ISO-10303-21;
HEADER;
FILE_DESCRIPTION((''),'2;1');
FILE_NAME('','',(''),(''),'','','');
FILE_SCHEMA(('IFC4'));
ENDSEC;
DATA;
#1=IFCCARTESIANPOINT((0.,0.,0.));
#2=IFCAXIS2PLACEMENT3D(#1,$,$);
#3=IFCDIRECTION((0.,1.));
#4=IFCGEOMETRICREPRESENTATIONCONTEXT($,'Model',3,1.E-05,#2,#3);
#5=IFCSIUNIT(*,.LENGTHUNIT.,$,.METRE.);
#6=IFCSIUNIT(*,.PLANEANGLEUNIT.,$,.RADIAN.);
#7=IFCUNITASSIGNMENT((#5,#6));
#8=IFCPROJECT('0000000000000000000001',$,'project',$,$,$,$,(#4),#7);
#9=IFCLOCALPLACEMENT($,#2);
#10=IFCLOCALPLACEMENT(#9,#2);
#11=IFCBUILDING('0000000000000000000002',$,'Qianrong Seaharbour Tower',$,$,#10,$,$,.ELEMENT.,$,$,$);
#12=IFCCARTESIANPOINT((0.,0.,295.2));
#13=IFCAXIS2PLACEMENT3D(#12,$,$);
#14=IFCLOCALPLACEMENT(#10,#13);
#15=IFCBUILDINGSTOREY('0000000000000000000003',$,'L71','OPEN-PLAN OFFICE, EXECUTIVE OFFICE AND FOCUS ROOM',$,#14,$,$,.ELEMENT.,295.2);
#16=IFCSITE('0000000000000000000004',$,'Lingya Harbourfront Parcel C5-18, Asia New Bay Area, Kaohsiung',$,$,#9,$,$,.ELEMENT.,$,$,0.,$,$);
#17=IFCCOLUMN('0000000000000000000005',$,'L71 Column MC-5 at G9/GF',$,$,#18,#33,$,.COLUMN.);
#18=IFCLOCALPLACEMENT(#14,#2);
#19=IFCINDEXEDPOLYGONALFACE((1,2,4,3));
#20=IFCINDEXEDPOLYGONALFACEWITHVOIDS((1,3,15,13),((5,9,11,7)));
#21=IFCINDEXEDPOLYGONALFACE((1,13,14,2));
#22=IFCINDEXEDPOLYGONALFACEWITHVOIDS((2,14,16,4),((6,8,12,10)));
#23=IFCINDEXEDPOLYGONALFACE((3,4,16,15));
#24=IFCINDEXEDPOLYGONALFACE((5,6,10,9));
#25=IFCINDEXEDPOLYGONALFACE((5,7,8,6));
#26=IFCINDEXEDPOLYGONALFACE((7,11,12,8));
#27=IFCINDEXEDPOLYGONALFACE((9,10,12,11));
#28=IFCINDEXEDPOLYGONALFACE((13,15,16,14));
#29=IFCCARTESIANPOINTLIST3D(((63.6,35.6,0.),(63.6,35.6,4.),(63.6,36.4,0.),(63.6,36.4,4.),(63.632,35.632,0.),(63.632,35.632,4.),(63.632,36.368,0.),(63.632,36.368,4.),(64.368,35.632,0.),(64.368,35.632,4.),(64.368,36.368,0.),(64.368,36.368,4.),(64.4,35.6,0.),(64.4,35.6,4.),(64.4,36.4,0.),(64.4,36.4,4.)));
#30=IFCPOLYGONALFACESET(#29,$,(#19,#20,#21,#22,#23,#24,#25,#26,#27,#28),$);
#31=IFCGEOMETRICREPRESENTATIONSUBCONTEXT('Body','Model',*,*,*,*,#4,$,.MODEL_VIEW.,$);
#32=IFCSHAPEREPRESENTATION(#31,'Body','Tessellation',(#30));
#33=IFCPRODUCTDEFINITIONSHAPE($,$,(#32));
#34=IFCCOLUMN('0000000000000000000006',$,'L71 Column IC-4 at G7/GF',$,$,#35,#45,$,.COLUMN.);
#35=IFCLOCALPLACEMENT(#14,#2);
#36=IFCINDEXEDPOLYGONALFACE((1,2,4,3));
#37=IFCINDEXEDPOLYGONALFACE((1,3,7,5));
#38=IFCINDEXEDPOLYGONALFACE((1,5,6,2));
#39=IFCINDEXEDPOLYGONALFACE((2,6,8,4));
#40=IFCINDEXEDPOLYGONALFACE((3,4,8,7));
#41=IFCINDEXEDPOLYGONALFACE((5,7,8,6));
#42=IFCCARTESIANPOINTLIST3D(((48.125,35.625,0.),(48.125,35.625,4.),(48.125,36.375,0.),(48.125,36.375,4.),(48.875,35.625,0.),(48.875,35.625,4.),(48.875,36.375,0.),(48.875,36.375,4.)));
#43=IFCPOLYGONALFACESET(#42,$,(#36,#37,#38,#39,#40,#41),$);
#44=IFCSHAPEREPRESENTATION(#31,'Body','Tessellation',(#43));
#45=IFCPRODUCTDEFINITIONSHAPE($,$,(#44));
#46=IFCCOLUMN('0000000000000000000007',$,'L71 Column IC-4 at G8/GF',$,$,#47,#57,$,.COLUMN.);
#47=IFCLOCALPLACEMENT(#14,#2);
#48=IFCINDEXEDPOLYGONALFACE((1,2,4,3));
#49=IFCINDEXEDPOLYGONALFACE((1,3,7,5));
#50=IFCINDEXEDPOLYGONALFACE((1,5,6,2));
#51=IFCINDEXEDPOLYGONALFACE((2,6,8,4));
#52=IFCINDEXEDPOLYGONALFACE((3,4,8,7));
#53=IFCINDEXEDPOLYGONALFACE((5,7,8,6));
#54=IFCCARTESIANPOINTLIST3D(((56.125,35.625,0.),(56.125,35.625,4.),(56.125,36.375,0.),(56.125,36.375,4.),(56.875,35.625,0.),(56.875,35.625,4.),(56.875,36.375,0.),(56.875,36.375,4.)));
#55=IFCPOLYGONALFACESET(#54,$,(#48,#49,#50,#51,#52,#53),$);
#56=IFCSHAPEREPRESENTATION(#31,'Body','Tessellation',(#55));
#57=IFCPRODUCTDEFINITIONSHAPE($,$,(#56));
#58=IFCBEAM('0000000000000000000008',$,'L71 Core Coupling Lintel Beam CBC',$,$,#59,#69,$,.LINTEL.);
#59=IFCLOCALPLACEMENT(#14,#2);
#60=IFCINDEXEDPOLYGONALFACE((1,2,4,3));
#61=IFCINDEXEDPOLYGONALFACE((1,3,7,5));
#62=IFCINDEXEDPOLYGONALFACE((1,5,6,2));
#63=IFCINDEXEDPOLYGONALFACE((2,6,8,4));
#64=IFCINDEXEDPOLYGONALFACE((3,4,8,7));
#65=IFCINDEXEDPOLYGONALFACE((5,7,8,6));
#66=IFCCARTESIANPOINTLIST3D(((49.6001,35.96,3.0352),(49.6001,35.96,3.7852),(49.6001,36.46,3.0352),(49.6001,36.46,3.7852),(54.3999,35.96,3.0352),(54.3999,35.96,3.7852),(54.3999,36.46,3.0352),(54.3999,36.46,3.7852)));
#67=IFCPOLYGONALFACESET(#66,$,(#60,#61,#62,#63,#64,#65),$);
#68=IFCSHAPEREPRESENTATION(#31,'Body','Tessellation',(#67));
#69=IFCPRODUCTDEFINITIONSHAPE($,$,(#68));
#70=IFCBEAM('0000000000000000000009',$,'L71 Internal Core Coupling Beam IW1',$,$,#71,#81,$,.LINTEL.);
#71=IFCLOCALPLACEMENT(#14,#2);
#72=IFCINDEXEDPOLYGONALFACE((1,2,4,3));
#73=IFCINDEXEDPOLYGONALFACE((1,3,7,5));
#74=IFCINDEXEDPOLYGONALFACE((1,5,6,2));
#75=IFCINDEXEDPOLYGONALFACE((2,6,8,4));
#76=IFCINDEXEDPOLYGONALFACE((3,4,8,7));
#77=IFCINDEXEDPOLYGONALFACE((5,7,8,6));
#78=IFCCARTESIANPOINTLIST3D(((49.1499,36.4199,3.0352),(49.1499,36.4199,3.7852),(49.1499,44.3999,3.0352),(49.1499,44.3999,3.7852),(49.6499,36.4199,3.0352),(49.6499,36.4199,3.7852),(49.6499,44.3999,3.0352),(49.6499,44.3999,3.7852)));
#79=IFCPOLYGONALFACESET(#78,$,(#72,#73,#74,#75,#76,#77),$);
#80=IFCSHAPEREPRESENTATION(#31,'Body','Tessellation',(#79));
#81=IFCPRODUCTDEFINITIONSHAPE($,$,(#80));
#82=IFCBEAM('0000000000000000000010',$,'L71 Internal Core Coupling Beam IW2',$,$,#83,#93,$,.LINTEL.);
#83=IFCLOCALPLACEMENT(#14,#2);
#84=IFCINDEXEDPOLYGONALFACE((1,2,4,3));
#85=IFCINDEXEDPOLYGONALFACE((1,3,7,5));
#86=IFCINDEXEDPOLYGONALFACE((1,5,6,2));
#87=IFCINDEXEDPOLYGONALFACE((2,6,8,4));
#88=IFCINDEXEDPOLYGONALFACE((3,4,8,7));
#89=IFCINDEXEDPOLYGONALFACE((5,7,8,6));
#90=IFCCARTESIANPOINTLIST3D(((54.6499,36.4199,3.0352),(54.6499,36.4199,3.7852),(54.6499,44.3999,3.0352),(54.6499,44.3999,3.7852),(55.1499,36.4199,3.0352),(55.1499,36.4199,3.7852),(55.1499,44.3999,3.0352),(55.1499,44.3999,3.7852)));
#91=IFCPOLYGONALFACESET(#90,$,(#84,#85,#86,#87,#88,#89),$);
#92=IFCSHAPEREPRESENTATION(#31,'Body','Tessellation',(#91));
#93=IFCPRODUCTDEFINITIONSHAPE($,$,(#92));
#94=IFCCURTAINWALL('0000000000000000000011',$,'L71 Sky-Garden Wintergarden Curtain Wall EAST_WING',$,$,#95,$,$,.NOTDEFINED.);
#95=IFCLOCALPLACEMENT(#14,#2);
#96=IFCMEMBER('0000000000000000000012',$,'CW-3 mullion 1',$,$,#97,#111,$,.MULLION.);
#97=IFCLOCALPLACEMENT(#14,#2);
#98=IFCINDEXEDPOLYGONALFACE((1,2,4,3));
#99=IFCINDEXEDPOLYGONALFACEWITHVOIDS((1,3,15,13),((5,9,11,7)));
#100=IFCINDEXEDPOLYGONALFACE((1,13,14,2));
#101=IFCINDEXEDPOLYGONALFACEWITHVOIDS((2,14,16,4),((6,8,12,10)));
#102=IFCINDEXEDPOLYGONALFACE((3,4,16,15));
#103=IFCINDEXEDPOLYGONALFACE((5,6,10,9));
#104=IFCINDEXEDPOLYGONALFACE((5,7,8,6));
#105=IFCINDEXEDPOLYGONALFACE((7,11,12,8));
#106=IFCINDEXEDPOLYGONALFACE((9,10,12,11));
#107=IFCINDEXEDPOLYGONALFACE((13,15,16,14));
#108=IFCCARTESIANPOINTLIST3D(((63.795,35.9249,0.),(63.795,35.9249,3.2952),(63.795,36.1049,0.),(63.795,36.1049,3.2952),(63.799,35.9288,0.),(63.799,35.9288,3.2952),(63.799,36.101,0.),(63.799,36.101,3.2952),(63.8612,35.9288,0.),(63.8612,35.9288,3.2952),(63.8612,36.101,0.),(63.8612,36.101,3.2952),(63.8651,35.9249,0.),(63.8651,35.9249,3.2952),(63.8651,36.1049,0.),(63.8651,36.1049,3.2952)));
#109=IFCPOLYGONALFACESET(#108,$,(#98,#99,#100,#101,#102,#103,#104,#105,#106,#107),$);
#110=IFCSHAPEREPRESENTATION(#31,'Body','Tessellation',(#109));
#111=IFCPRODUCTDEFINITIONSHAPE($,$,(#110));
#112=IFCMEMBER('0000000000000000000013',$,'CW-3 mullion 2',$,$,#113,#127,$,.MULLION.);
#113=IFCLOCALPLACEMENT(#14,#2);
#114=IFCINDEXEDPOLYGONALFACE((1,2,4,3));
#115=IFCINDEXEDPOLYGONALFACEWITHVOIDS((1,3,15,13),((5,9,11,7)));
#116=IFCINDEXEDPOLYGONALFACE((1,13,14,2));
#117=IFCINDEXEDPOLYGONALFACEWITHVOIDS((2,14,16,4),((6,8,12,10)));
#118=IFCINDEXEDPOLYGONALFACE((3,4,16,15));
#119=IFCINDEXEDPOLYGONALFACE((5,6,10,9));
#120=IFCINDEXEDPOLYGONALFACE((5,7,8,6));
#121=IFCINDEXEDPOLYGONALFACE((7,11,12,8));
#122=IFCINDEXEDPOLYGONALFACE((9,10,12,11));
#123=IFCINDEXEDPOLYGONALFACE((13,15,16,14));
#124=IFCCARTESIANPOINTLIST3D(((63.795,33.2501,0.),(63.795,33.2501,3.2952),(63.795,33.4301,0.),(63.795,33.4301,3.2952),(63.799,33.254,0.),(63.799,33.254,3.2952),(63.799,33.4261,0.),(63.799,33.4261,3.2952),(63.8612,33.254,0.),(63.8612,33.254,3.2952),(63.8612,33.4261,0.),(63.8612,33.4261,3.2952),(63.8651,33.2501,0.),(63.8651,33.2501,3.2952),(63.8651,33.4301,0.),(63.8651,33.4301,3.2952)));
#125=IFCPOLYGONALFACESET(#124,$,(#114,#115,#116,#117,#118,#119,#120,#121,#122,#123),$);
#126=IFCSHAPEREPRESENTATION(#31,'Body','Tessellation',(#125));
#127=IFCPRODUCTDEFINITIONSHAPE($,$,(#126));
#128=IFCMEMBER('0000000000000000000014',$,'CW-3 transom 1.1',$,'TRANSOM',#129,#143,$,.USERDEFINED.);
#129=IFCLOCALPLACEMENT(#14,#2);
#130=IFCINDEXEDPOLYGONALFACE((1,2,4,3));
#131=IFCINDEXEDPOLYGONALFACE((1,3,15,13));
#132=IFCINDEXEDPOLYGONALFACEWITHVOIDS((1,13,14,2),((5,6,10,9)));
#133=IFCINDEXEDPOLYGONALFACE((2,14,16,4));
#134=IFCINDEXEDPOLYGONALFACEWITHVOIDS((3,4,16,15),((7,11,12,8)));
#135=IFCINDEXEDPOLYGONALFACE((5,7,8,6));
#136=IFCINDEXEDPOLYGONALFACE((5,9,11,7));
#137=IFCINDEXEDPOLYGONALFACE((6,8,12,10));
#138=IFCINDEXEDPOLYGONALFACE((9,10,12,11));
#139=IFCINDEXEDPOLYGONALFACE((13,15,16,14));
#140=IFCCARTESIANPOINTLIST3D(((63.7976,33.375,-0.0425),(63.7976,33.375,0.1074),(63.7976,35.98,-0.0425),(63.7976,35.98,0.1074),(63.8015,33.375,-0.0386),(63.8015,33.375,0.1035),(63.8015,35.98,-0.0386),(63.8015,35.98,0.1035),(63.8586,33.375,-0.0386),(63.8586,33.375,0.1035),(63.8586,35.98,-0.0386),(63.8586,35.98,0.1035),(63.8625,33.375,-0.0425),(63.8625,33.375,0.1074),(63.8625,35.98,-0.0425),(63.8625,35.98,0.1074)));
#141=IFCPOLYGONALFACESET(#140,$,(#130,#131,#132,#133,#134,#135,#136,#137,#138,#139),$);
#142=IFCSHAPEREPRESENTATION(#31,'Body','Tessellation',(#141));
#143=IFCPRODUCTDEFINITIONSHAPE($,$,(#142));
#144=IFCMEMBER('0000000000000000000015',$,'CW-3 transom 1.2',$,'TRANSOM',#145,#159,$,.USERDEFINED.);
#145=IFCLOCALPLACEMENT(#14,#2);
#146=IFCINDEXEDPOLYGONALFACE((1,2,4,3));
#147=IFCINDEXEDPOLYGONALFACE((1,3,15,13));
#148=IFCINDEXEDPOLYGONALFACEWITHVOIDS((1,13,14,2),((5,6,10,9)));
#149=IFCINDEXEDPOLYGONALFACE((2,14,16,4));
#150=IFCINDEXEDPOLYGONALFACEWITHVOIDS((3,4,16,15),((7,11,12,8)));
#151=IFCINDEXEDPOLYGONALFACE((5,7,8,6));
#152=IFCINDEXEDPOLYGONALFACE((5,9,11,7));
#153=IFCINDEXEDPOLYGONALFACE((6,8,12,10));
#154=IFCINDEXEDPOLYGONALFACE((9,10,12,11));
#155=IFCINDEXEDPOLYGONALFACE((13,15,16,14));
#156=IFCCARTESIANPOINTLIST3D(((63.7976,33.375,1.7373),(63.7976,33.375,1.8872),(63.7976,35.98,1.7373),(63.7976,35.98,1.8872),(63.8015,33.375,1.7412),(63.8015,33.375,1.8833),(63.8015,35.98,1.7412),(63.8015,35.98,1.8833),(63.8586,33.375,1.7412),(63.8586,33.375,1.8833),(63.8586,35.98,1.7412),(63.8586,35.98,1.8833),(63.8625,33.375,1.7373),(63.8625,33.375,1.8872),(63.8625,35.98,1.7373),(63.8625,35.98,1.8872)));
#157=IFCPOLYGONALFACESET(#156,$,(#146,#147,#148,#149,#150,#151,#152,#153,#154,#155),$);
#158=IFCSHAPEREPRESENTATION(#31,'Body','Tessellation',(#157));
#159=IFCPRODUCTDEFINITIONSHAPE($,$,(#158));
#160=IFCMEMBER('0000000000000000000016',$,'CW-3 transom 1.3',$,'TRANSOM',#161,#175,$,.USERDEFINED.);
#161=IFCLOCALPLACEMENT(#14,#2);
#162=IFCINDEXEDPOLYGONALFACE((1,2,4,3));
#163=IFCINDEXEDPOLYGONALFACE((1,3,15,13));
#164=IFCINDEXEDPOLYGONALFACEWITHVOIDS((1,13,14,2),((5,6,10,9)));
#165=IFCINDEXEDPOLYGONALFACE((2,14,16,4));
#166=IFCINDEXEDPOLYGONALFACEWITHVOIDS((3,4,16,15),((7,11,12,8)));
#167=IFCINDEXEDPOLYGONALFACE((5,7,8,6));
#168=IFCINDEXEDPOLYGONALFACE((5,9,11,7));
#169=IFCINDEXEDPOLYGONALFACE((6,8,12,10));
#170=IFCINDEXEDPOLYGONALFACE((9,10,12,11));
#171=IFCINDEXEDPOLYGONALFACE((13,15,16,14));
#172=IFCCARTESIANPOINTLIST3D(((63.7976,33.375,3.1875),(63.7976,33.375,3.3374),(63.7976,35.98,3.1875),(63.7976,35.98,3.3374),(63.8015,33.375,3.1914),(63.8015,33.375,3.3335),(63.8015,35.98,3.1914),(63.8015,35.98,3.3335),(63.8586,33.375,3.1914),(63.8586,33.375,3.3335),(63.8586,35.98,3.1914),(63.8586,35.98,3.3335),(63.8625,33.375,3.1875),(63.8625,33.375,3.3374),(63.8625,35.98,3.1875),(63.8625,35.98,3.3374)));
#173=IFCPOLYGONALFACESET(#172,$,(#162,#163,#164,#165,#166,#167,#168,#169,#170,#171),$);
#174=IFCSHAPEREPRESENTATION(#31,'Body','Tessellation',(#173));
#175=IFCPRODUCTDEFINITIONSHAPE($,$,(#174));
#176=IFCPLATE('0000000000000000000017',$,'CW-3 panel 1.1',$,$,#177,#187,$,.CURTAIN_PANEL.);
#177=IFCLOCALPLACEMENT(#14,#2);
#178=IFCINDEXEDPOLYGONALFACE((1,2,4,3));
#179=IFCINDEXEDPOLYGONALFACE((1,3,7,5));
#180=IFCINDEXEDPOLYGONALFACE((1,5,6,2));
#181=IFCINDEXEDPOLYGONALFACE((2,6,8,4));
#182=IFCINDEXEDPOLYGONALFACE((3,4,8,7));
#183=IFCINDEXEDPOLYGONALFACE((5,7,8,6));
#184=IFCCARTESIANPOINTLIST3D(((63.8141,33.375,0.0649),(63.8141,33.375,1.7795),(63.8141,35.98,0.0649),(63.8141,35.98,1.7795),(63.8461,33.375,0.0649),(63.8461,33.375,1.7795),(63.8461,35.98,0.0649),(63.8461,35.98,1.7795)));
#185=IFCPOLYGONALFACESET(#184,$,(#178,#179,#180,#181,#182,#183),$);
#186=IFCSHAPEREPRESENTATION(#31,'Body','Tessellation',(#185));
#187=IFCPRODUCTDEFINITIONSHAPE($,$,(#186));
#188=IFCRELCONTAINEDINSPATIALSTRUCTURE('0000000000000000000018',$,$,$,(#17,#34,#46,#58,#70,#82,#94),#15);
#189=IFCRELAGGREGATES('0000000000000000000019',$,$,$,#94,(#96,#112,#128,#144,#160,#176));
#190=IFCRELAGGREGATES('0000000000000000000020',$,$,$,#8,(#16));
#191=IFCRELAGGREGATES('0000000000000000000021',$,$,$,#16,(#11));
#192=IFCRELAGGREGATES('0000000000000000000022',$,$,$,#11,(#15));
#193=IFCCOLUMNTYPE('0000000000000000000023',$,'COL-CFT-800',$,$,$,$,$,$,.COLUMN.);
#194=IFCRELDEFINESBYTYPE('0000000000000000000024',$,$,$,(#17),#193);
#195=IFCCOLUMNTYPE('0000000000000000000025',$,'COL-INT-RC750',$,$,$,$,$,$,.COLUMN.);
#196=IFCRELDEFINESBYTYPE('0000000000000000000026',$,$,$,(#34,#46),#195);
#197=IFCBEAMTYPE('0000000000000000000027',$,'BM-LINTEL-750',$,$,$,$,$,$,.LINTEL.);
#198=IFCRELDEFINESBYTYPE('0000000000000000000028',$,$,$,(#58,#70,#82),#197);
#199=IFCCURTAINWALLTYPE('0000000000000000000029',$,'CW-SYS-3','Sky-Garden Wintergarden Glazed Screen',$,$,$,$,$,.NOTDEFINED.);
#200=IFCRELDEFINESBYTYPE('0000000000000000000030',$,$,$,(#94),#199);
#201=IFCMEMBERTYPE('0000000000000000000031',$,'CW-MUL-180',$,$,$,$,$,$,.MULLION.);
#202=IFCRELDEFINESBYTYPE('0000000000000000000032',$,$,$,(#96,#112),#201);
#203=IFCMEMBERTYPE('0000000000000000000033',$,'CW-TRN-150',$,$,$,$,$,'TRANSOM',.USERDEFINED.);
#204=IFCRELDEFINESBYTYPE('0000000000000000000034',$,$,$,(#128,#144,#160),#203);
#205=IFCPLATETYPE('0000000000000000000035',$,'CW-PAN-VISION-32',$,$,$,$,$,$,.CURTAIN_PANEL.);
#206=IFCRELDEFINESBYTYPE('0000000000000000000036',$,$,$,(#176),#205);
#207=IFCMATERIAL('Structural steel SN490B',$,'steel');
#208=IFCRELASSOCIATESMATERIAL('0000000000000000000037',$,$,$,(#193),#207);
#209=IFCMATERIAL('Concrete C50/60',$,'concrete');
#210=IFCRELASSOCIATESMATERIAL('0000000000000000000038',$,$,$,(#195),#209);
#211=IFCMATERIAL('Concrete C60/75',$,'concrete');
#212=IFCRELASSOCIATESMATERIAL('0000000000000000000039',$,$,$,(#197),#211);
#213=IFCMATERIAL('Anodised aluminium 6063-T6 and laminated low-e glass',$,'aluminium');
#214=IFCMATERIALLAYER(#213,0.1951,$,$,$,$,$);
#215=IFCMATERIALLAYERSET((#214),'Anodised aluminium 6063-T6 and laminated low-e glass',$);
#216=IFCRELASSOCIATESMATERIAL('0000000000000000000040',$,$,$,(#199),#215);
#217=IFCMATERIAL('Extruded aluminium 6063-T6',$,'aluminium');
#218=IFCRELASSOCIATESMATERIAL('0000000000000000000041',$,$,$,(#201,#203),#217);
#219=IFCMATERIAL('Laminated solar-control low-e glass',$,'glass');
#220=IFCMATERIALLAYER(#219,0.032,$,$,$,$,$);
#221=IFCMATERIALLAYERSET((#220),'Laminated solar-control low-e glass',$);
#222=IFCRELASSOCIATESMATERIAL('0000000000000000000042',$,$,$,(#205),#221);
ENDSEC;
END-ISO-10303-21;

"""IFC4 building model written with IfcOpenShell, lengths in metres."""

from ifc_helpers import new_model, si_unit, direction, frame, origin, origin_2d, place, context, subcontext, project, spatial, rectangle, hollow_rectangle, extrude, material, layer, layer_set, material_profile, profile_set, type_object, element, aggregate, save


model = new_model("IFC4")

# Units and contexts
model_context = context("Model", 3, precision=1e-05, world=origin(), true_north=direction((0.0, 1.0)))
body_context = subcontext(model_context, "Body", "Model", "MODEL_VIEW")
ifc_project = project(units=[si_unit("LENGTHUNIT", "METRE"), si_unit("PLANEANGLEUNIT", "RADIAN")], contexts=[model_context])

# Site, building, storey
site_placement = place(None, origin())
site = spatial("IfcSite", under=ifc_project, at=site_placement, Name="Lingya Harbourfront Parcel C5-18, Asia New Bay Area, Kaohsiung", CompositionType="ELEMENT", RefElevation=0.0)
building_placement = place(site_placement, origin())
building = spatial("IfcBuilding", under=site, at=building_placement, Name="Qianrong Seaharbour Tower", CompositionType="ELEMENT")
storey_placement = place(building_placement, frame((0.0, 0.0, 295.2)))
storey = spatial("IfcBuildingStorey", under=building, at=storey_placement, Name="L71", Description="OPEN-PLAN OFFICE, EXECUTIVE OFFICE AND FOCUS ROOM", CompositionType="ELEMENT", Elevation=295.2)

# Columns
ifc_material_1 = material(Name="Structural steel SN490B", Category="steel")
ifc_material_profile_1 = material_profile(ifc_material_1, hollow_rectangle(XDim=0.8, YDim=0.8, WallThickness=0.032, at=origin_2d()), Name="BOX800x800x32")
ifc_profile_set_1 = profile_set([ifc_material_profile_1], Name="Structural steel SN490B")
column_type_1 = type_object("IfcColumnType", Name="COL-CFT-800", PredefinedType="COLUMN", material=ifc_profile_set_1)
column_placement = place(storey_placement, frame((64.0, 36.0, 0.0), z_axis=(0.0, 0.0, 1.0), x_axis=(1.0, 0.0, 0.0)))
element("IfcColumn", 1, at=column_placement, inside=storey, type_object=column_type_1, Name="L71 Column MC-5 at G9/GF", PredefinedType="COLUMN", context=body_context, shape_type="SweptSolid", body=[
    extrude(hollow_rectangle(XDim=0.8, YDim=0.8, WallThickness=0.032, at=origin_2d()), origin(), (0.0, 0.0, 1.0), 4.0),
])
ifc_material_2 = material(Name="Concrete C50/60", Category="concrete")
ifc_material_profile_2 = material_profile(ifc_material_2, rectangle(XDim=0.75, YDim=0.75, at=origin_2d()), Name="RC750x750")
ifc_profile_set_2 = profile_set([ifc_material_profile_2], Name="Concrete C50/60")
column_type_2 = type_object("IfcColumnType", Name="COL-INT-RC750", PredefinedType="COLUMN", material=ifc_profile_set_2)
for number, where, z_axis, x_axis, name in (
    (2, (48.5, 36.0, 0.0), (0.0, 0.0, 1.0), (1.0, 0.0, 0.0), "L71 Column IC-4 at G7/GF"),
    (3, (56.5, 36.0, 0.0), (0.0, 0.0, 1.0), (1.0, 0.0, 0.0), "L71 Column IC-4 at G8/GF"),
):
    element("IfcColumn", number, at=place(storey_placement, frame(where, z_axis=z_axis, x_axis=x_axis)), inside=storey, type_object=column_type_2, Name=name, PredefinedType="COLUMN", context=body_context, shape_type="SweptSolid", body=[
        extrude(rectangle(XDim=0.75, YDim=0.75, at=origin_2d()), origin(), (0.0, 0.0, 1.0), 4.0),
    ])

# Beams
ifc_material_3 = material(Name="Concrete C60/75", Category="concrete")
ifc_material_profile_3 = material_profile(ifc_material_3, rectangle(XDim=0.5, YDim=0.75, at=origin_2d()), Name="RC500x750")
ifc_profile_set_3 = profile_set([ifc_material_profile_3], Name="Concrete C60/75")
beam_type = type_object("IfcBeamType", Name="BM-LINTEL-750", PredefinedType="LINTEL", material=ifc_profile_set_3)
beam_placement = place(storey_placement, frame((49.6001, 36.21, 3.4102), z_axis=(1.0, 0.0, 0.0), x_axis=(0.0, 1.0, 0.0)))
element("IfcBeam", 4, at=beam_placement, inside=storey, type_object=beam_type, Name="L71 Core Coupling Lintel Beam CBC", PredefinedType="LINTEL", context=body_context, shape_type="SweptSolid", body=[
    extrude(rectangle(XDim=0.5, YDim=0.75, at=origin_2d()), origin(), (0.0, 0.0, 1.0), 4.7998),
])
for number, where, z_axis, x_axis, name in (
    (5, (49.3999, 36.4199, 3.4102), (0.0, 1.0, 0.0), (-1.0, 0.0, 0.0), "L71 Internal Core Coupling Beam IW1"),
    (6, (54.8999, 36.4199, 3.4102), (0.0, 1.0, 0.0), (-1.0, 0.0, 0.0), "L71 Internal Core Coupling Beam IW2"),
):
    element("IfcBeam", number, at=place(storey_placement, frame(where, z_axis=z_axis, x_axis=x_axis)), inside=storey, type_object=beam_type, Name=name, PredefinedType="LINTEL", context=body_context, shape_type="SweptSolid", body=[
        extrude(rectangle(XDim=0.5, YDim=0.75, at=origin_2d()), origin(), (0.0, 0.0, 1.0), 7.98),
    ])

# Curtain wall, members, plate
ifc_material_4 = material(Name="Anodised aluminium 6063-T6 and laminated low-e glass", Category="aluminium")
ifc_layer_1 = layer(ifc_material_4, 0.1951)
ifc_layer_set_1 = layer_set([ifc_layer_1], Name="Anodised aluminium 6063-T6 and laminated low-e glass")
curtain_wall_type = type_object("IfcCurtainWallType", Name="CW-SYS-3", Description="Sky-Garden Wintergarden Glazed Screen", PredefinedType="NOTDEFINED", material=ifc_layer_set_1)
curtain_wall_placement = place(storey_placement, origin())
curtain_wall = element("IfcCurtainWall", 7, at=curtain_wall_placement, inside=storey, type_object=curtain_wall_type, Name="L71 Sky-Garden Wintergarden Curtain Wall EAST_WING", PredefinedType="NOTDEFINED")
ifc_material_5 = material(Name="Extruded aluminium 6063-T6", Category="aluminium")
ifc_material_profile_4 = material_profile(ifc_material_5, hollow_rectangle(XDim=0.0701, YDim=0.1799, WallThickness=0.0039, at=origin_2d()), Name="ALU-MUL-180x70x4")
ifc_profile_set_4 = profile_set([ifc_material_profile_4], Name="Extruded aluminium 6063-T6")
member_type_1 = type_object("IfcMemberType", Name="CW-MUL-180", PredefinedType="MULLION", material=ifc_profile_set_4)
member_1_placement = place(storey_placement, frame((63.8301, 36.0149, 0.0), z_axis=(0.0, 0.0, 1.0), x_axis=(1.0, 0.0, 0.0)))
member_1 = element("IfcMember", 8, at=member_1_placement, type_object=member_type_1, Name="CW-3 mullion 1", PredefinedType="MULLION", context=body_context, shape_type="SweptSolid", body=[
    extrude(hollow_rectangle(XDim=0.0701, YDim=0.1799, WallThickness=0.0039, at=origin_2d()), origin(), (0.0, 0.0, 1.0), 3.2952),
])
member_2_placement = place(storey_placement, frame((63.8301, 33.3401, 0.0), z_axis=(0.0, 0.0, 1.0), x_axis=(1.0, 0.0, 0.0)))
member_2 = element("IfcMember", 9, at=member_2_placement, type_object=member_type_1, Name="CW-3 mullion 2", PredefinedType="MULLION", context=body_context, shape_type="SweptSolid", body=[
    extrude(hollow_rectangle(XDim=0.0701, YDim=0.1799, WallThickness=0.0039, at=origin_2d()), origin(), (0.0, 0.0, 1.0), 3.2952),
])
ifc_material_profile_5 = material_profile(ifc_material_5, hollow_rectangle(XDim=0.0649, YDim=0.1499, WallThickness=0.0039, at=origin_2d()), Name="ALU-TRN-150x65x4")
ifc_profile_set_5 = profile_set([ifc_material_profile_5], Name="Extruded aluminium 6063-T6")
member_type_2 = type_object("IfcMemberType", Name="CW-TRN-150", ElementType="TRANSOM", PredefinedType="USERDEFINED", material=ifc_profile_set_5)
member_3_placement = place(storey_placement, frame((63.8301, 35.98, 0.0325), z_axis=(0.0, -1.0, 0.0), x_axis=(1.0, 0.0, 0.0)))
member_3 = element("IfcMember", 10, at=member_3_placement, type_object=member_type_2, Name="CW-3 transom 1.1", ObjectType="TRANSOM", PredefinedType="USERDEFINED", context=body_context, shape_type="SweptSolid", body=[
    extrude(hollow_rectangle(XDim=0.0649, YDim=0.1499, WallThickness=0.0039, at=origin_2d()), origin(), (0.0, 0.0, 1.0), 2.605),
])
member_4_placement = place(storey_placement, frame((63.8301, 35.98, 1.8123), z_axis=(0.0, -1.0, 0.0), x_axis=(1.0, 0.0, 0.0)))
member_4 = element("IfcMember", 11, at=member_4_placement, type_object=member_type_2, Name="CW-3 transom 1.2", ObjectType="TRANSOM", PredefinedType="USERDEFINED", context=body_context, shape_type="SweptSolid", body=[
    extrude(hollow_rectangle(XDim=0.0649, YDim=0.1499, WallThickness=0.0039, at=origin_2d()), origin(), (0.0, 0.0, 1.0), 2.605),
])
member_5_placement = place(storey_placement, frame((63.8301, 35.98, 3.2625), z_axis=(0.0, -1.0, 0.0), x_axis=(1.0, 0.0, 0.0)))
member_5 = element("IfcMember", 12, at=member_5_placement, type_object=member_type_2, Name="CW-3 transom 1.3", ObjectType="TRANSOM", PredefinedType="USERDEFINED", context=body_context, shape_type="SweptSolid", body=[
    extrude(hollow_rectangle(XDim=0.0649, YDim=0.1499, WallThickness=0.0039, at=origin_2d()), origin(), (0.0, 0.0, 1.0), 2.605),
])
ifc_material_6 = material(Name="Laminated solar-control low-e glass", Category="glass")
ifc_layer_2 = layer(ifc_material_6, 0.032)
ifc_layer_set_2 = layer_set([ifc_layer_2], Name="Laminated solar-control low-e glass")
plate_type = type_object("IfcPlateType", Name="CW-PAN-VISION-32", PredefinedType="CURTAIN_PANEL", material=ifc_layer_set_2)
plate_1_placement = place(storey_placement, frame((63.8301, 34.6775, 0.0649), z_axis=(0.0, 0.0, 1.0), x_axis=(0.0, -1.0, 0.0)))
plate_1 = element("IfcPlate", 13, at=plate_1_placement, type_object=plate_type, Name="CW-3 panel 1.1", PredefinedType="CURTAIN_PANEL", context=body_context, shape_type="SweptSolid", body=[
    extrude(rectangle(XDim=2.605, YDim=0.032, at=origin_2d()), origin(), (0.0, 0.0, 1.0), 1.7146),
])
aggregate(curtain_wall, [member_1, member_2, member_3, member_4, member_5, plate_1])

save(model, "model.ifc")
